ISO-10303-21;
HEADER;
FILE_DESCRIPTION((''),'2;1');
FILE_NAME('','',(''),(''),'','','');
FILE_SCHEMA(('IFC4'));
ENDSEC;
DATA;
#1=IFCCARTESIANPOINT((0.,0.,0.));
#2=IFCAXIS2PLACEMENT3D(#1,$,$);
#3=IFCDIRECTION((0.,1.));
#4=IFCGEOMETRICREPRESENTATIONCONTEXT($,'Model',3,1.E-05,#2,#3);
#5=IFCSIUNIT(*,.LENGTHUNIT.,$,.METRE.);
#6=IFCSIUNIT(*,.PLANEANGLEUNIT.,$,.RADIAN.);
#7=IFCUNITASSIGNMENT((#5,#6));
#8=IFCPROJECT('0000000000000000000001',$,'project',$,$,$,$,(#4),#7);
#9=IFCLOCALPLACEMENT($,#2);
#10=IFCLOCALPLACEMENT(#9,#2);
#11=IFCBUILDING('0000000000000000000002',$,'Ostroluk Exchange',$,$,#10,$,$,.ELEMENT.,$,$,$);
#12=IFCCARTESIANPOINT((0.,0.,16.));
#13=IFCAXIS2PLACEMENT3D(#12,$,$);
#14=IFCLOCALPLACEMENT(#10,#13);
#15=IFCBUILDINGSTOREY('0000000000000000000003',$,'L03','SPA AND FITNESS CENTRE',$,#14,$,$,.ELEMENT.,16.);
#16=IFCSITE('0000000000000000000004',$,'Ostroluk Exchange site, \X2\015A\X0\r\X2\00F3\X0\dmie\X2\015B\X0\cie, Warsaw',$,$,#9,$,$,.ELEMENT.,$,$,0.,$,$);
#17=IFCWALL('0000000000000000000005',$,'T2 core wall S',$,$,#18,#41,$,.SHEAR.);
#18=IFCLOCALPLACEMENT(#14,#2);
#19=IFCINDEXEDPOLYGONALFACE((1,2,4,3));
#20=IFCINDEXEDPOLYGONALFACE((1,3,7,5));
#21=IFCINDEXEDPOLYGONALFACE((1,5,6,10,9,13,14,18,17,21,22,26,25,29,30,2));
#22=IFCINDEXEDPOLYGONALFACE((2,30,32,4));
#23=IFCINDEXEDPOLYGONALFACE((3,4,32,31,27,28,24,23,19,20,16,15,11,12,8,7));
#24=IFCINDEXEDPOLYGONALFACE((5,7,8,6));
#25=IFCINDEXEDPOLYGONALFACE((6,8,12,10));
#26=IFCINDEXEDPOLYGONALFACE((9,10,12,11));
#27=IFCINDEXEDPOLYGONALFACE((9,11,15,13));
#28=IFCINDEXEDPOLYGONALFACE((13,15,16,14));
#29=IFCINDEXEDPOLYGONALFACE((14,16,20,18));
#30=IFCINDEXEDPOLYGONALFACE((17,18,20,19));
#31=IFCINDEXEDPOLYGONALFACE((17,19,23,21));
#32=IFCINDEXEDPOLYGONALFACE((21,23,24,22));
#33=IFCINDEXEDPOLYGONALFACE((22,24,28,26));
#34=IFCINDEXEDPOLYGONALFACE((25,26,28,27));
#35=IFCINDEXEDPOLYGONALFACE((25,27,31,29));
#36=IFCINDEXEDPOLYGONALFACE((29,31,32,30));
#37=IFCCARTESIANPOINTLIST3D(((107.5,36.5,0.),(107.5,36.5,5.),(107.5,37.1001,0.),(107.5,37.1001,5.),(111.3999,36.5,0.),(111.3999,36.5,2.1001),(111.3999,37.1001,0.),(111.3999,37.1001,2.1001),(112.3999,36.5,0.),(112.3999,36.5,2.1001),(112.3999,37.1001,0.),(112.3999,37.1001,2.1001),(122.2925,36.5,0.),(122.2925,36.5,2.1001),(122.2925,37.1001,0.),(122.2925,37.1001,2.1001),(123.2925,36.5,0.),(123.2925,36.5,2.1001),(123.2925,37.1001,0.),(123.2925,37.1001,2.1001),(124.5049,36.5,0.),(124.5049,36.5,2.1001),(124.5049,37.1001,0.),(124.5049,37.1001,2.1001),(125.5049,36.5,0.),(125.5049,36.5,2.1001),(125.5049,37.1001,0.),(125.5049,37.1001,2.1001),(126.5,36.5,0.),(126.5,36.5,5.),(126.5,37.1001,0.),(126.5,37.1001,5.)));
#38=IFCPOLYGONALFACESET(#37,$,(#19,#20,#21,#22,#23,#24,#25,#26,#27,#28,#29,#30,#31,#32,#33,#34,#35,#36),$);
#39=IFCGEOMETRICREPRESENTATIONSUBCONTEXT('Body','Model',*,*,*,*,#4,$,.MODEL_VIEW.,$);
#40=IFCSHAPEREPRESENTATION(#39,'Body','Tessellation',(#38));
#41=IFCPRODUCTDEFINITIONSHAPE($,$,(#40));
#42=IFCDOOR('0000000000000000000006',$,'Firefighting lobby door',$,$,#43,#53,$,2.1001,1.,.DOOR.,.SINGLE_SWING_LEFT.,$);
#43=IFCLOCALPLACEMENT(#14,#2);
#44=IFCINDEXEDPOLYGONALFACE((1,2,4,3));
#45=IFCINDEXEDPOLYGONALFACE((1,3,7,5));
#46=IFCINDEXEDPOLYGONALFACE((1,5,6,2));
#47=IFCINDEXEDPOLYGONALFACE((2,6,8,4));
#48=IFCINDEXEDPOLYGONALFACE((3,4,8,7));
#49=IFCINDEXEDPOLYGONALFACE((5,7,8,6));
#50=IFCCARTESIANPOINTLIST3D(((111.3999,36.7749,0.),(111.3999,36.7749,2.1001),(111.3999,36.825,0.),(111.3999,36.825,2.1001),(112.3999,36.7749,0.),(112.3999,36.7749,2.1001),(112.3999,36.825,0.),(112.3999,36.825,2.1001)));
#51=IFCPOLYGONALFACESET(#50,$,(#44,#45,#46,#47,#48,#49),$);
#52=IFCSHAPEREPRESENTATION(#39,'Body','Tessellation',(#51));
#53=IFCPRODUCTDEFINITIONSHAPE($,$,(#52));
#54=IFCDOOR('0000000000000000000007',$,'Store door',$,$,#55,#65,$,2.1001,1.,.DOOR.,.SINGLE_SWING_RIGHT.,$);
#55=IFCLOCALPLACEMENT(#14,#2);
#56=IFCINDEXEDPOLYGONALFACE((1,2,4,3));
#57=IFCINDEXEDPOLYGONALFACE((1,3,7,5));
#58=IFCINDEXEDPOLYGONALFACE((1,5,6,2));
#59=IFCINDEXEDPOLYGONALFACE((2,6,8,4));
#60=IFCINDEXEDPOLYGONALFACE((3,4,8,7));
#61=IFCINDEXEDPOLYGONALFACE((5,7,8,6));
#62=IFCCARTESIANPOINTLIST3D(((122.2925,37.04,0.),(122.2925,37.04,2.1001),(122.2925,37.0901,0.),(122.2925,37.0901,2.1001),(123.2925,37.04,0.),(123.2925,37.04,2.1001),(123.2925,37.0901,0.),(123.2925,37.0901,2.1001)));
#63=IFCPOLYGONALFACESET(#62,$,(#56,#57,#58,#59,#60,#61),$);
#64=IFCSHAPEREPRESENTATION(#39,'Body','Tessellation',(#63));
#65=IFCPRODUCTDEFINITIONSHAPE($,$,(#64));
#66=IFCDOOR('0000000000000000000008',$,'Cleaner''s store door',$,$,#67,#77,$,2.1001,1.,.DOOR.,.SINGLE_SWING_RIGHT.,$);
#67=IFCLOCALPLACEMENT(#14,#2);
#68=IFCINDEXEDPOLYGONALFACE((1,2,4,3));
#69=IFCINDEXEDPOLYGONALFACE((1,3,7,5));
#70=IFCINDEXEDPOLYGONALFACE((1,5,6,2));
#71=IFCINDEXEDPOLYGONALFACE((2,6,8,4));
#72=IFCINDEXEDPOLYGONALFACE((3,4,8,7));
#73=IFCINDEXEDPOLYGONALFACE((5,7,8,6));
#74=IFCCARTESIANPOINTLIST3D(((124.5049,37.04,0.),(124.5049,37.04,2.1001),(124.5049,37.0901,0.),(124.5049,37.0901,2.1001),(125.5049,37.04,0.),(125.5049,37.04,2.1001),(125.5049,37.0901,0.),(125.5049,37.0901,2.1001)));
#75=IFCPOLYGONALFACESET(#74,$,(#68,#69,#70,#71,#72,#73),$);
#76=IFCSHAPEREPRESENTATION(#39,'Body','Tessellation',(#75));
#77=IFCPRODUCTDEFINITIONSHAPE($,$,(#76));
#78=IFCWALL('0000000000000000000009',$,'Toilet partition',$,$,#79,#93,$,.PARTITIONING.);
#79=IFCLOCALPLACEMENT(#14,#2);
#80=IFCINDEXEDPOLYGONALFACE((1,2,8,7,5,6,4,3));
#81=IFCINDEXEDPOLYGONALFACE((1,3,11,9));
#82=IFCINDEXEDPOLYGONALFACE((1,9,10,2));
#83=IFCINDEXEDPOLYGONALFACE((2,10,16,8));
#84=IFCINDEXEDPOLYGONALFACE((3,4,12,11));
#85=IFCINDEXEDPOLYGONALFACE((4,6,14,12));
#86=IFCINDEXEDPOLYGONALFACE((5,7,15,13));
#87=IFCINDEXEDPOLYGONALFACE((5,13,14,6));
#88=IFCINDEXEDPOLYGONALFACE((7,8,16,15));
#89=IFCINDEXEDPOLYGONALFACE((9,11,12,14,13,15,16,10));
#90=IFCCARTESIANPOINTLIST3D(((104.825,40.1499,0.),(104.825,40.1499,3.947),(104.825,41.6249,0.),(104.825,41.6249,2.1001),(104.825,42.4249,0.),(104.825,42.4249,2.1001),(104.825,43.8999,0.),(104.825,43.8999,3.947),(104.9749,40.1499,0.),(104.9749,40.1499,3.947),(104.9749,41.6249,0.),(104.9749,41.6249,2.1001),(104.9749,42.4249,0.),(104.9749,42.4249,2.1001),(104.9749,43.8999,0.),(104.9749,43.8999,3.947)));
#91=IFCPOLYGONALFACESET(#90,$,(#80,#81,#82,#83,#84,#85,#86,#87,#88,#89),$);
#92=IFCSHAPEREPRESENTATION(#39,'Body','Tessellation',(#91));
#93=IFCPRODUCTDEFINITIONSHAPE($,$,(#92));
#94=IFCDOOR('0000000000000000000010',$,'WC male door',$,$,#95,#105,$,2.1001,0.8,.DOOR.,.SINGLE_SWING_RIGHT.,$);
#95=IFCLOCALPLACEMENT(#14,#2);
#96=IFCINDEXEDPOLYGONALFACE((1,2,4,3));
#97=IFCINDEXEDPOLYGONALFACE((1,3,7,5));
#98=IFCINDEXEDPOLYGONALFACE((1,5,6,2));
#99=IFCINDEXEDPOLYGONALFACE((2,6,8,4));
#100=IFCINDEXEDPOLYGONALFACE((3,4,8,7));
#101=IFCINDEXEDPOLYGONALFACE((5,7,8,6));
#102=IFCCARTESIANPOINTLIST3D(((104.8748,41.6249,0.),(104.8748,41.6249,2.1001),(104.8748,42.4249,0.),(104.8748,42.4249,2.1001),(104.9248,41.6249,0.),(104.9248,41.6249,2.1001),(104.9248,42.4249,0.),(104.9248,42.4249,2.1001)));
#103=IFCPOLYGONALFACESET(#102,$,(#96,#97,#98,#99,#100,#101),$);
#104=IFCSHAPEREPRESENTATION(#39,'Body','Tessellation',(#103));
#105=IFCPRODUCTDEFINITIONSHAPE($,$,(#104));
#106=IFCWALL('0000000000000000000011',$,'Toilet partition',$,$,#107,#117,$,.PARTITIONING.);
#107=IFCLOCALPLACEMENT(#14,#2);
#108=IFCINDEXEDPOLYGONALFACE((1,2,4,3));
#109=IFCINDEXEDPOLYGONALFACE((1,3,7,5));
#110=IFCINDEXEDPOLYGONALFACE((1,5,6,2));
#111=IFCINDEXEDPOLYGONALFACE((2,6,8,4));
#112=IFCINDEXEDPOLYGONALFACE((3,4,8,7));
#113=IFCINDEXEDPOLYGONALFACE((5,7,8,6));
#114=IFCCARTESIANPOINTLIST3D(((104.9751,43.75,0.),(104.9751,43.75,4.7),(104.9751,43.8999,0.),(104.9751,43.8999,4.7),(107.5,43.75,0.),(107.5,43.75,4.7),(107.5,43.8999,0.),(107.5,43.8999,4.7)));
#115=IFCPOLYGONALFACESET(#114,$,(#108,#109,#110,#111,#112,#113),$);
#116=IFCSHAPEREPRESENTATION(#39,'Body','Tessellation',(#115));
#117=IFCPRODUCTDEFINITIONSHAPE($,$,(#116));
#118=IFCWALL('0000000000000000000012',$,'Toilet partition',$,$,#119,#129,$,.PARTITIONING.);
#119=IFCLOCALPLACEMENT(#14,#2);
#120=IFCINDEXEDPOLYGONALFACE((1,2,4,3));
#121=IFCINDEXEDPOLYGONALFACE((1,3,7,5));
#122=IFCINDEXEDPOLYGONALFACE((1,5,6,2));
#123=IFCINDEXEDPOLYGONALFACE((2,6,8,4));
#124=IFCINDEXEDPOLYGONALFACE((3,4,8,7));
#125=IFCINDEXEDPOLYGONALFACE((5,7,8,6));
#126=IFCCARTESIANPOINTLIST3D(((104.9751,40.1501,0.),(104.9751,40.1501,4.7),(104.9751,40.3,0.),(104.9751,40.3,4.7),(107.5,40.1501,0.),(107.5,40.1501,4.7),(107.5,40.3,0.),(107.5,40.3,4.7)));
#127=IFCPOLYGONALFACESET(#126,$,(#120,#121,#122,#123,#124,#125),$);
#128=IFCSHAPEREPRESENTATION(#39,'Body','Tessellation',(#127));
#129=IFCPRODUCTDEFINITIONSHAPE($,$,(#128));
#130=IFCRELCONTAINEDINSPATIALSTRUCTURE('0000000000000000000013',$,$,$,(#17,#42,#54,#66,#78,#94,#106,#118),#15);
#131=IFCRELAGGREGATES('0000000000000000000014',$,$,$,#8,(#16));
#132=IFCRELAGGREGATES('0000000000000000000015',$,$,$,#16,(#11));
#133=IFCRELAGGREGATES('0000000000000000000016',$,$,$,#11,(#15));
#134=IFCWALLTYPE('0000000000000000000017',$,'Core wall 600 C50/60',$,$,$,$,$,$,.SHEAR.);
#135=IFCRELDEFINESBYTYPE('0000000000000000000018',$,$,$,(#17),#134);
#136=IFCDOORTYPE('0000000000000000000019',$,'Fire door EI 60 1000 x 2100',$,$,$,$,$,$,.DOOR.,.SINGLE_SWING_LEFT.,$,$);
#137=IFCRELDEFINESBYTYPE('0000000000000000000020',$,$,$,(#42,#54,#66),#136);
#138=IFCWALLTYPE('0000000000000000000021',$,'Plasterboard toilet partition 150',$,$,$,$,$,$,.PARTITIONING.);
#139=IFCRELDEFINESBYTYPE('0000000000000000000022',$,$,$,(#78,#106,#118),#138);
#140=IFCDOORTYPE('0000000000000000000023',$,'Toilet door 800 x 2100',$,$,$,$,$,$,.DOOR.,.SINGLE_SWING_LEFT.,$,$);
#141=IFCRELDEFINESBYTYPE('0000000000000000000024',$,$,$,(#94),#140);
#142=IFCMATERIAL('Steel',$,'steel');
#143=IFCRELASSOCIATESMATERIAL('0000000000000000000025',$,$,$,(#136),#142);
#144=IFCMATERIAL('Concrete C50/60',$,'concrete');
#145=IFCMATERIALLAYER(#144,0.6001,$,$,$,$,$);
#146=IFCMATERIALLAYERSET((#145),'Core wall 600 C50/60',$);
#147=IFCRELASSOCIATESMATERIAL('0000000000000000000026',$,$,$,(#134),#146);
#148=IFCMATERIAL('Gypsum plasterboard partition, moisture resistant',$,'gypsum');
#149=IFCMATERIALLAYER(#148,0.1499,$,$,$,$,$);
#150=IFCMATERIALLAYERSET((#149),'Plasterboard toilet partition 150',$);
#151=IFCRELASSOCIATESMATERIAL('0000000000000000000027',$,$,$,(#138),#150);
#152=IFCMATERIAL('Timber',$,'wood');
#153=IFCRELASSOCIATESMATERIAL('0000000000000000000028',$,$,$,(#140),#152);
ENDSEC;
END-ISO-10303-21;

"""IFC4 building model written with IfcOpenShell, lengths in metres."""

from ifc_helpers import new_model, si_unit, direction, frame, frame_2d, origin, place, context, subcontext, project, spatial, rectangle, extrude, material, layer, layer_set, type_object, element, fill, save


model = new_model("IFC4")

# Units and contexts
model_context = context("Model", 3, precision=1e-05, world=origin(), true_north=direction((0.0, 1.0)))
body_context = subcontext(model_context, "Body", "Model", "MODEL_VIEW")
ifc_project = project(units=[si_unit("LENGTHUNIT", "METRE"), si_unit("PLANEANGLEUNIT", "RADIAN")], contexts=[model_context])

# Site, building, storey
site_placement = place(None, origin())
site = spatial("IfcSite", under=ifc_project, at=site_placement, Name="Ostroluk Exchange site, Śródmieście, Warsaw", CompositionType="ELEMENT", RefElevation=0.0)
building_placement = place(site_placement, origin())
building = spatial("IfcBuilding", under=site, at=building_placement, Name="Ostroluk Exchange", CompositionType="ELEMENT")
storey_placement = place(building_placement, frame((0.0, 0.0, 16.0)))
storey = spatial("IfcBuildingStorey", under=building, at=storey_placement, Name="L03", Description="SPA AND FITNESS CENTRE", CompositionType="ELEMENT", Elevation=16.0)

# Wall, openings, doors
ifc_material_1 = material(Name="Steel", Category="steel")
door_type_1 = type_object("IfcDoorType", Name="Fire door EI 60 1000 x 2100", OperationType="SINGLE_SWING_LEFT", PredefinedType="DOOR", material=ifc_material_1)
ifc_material_2 = material(Name="Concrete C50/60", Category="concrete")
ifc_layer_1 = layer(ifc_material_2, 0.6001)
ifc_layer_set_1 = layer_set([ifc_layer_1], Name="Core wall 600 C50/60")
wall_type_1 = type_object("IfcWallType", Name="Core wall 600 C50/60", PredefinedType="SHEAR", material=ifc_layer_set_1)
wall_1_placement = place(storey_placement, frame((107.5, 36.8, 0.0), z_axis=(0.0, 0.0, 1.0), x_axis=(1.0, 0.0, 0.0)))
wall_1 = element("IfcWall", 1, at=wall_1_placement, inside=storey, type_object=wall_type_1, Name="T2 core wall S", PredefinedType="SHEAR", context=body_context, shape_type="SweptSolid", body=[
    extrude(rectangle(XDim=19.0, YDim=0.6001, at=frame_2d((9.5, 0.0))), origin(), (0.0, 0.0, 1.0), 5.0),
])
opening_1_placement = place(wall_1_placement, frame((3.8999, 0.0, 0.0)))
opening_1 = element("IfcOpeningElement", 2, at=opening_1_placement, cuts=wall_1, PredefinedType="OPENING", context=body_context, shape_type="SweptSolid", body=[
    extrude(rectangle(XDim=1.0, YDim=2.1001, at=frame_2d((0.5, 1.05))), frame((0.0, 0.3101, 0.0), z_axis=(0.0, -1.0, 0.0), x_axis=(1.0, 0.0, 0.0)), (0.0, 0.0, 1.0), 0.6201),
])
opening_2_placement = place(wall_1_placement, frame((14.7925, 0.0, 0.0)))
opening_2 = element("IfcOpeningElement", 3, at=opening_2_placement, cuts=wall_1, PredefinedType="OPENING", context=body_context, shape_type="SweptSolid", body=[
    extrude(rectangle(XDim=1.0, YDim=2.1001, at=frame_2d((0.5, 1.05))), frame((0.0, 0.3101, 0.0), z_axis=(0.0, -1.0, 0.0), x_axis=(1.0, 0.0, 0.0)), (0.0, 0.0, 1.0), 0.6201),
])
opening_3_placement = place(wall_1_placement, frame((17.0049, 0.0, 0.0)))
opening_3 = element("IfcOpeningElement", 4, at=opening_3_placement, cuts=wall_1, PredefinedType="OPENING", context=body_context, shape_type="SweptSolid", body=[
    extrude(rectangle(XDim=1.0, YDim=2.1001, at=frame_2d((0.5, 1.05))), frame((0.0, 0.3101, 0.0), z_axis=(0.0, -1.0, 0.0), x_axis=(1.0, 0.0, 0.0)), (0.0, 0.0, 1.0), 0.6201),
])
door_1_placement = place(opening_1_placement, origin())
door_1 = element("IfcDoor", 5, at=door_1_placement, inside=storey, type_object=door_type_1, Name="Firefighting lobby door", OperationType="SINGLE_SWING_LEFT", OverallHeight=2.1001, OverallWidth=1.0, PredefinedType="DOOR", context=body_context, shape_type="SweptSolid", body=[
    extrude(rectangle(XDim=1.0, YDim=2.1001, at=frame_2d((0.5, 1.05))), frame((0.0, 0.0249, 0.0), z_axis=(0.0, -1.0, 0.0), x_axis=(1.0, 0.0, 0.0)), (0.0, 0.0, 1.0), 0.05),
])
fill(opening_1, door_1)
door_2_placement = place(opening_2_placement, origin())
door_2 = element("IfcDoor", 6, at=door_2_placement, inside=storey, type_object=door_type_1, Name="Store door", OperationType="SINGLE_SWING_RIGHT", OverallHeight=2.1001, OverallWidth=1.0, PredefinedType="DOOR", context=body_context, shape_type="SweptSolid", body=[
    extrude(rectangle(XDim=1.0, YDim=2.1001, at=frame_2d((0.5, 1.05))), frame((0.0, 0.29, 0.0), z_axis=(0.0, -1.0, 0.0), x_axis=(1.0, 0.0, 0.0)), (0.0, 0.0, 1.0), 0.05),
])
fill(opening_2, door_2)
door_3_placement = place(opening_3_placement, origin())
door_3 = element("IfcDoor", 7, at=door_3_placement, inside=storey, type_object=door_type_1, Name="Cleaner's store door", OperationType="SINGLE_SWING_RIGHT", OverallHeight=2.1001, OverallWidth=1.0, PredefinedType="DOOR", context=body_context, shape_type="SweptSolid", body=[
    extrude(rectangle(XDim=1.0, YDim=2.1001, at=frame_2d((0.5, 1.05))), frame((0.0, 0.29, 0.0), z_axis=(0.0, -1.0, 0.0), x_axis=(1.0, 0.0, 0.0)), (0.0, 0.0, 1.0), 0.05),
])
fill(opening_3, door_3)

# Wall, opening, door
ifc_material_3 = material(Name="Gypsum plasterboard partition, moisture resistant", Category="gypsum")
ifc_layer_2 = layer(ifc_material_3, 0.1499)
ifc_layer_set_2 = layer_set([ifc_layer_2], Name="Plasterboard toilet partition 150")
wall_type_2 = type_object("IfcWallType", Name="Plasterboard toilet partition 150", PredefinedType="PARTITIONING", material=ifc_layer_set_2)
wall_2_placement = place(storey_placement, frame((104.8999, 43.8999, 0.0), z_axis=(0.0, 0.0, 1.0), x_axis=(0.0, -1.0, 0.0)))
wall_2 = element("IfcWall", 8, at=wall_2_placement, inside=storey, type_object=wall_type_2, Name="Toilet partition", PredefinedType="PARTITIONING", context=body_context, shape_type="SweptSolid", body=[
    extrude(rectangle(XDim=3.75, YDim=0.1499, at=frame_2d((1.875, 0.0))), origin(), (0.0, 0.0, 1.0), 3.947),
])
opening_4_placement = place(wall_2_placement, frame((1.4751, 0.0, 0.0)))
opening_4 = element("IfcOpeningElement", 9, at=opening_4_placement, cuts=wall_2, PredefinedType="OPENING", context=body_context, shape_type="SweptSolid", body=[
    extrude(rectangle(XDim=0.8, YDim=2.1001, at=frame_2d((0.3999, 1.05))), frame((0.0, 0.085, 0.0), z_axis=(0.0, -1.0, 0.0), x_axis=(1.0, 0.0, 0.0)), (0.0, 0.0, 1.0), 0.1699),
])
ifc_material_4 = material(Name="Timber", Category="wood")
door_type_2 = type_object("IfcDoorType", Name="Toilet door 800 x 2100", OperationType="SINGLE_SWING_LEFT", PredefinedType="DOOR", material=ifc_material_4)
door_4_placement = place(opening_4_placement, origin())
door_4 = element("IfcDoor", 10, at=door_4_placement, inside=storey, type_object=door_type_2, Name="WC male door", OperationType="SINGLE_SWING_RIGHT", OverallHeight=2.1001, OverallWidth=0.8, PredefinedType="DOOR", context=body_context, shape_type="SweptSolid", body=[
    extrude(rectangle(XDim=0.8, YDim=2.1001, at=frame_2d((0.3999, 1.05))), frame((0.0, 0.0249, 0.0), z_axis=(0.0, -1.0, 0.0), x_axis=(1.0, 0.0, 0.0)), (0.0, 0.0, 1.0), 0.05),
])
fill(opening_4, door_4)

# Walls
for number, where, z_axis, x_axis, name in (
    (11, (104.9751, 43.825, 0.0), (0.0, 0.0, 1.0), (1.0, 0.0, 0.0), "Toilet partition"),
    (12, (104.9751, 40.2251, 0.0), (0.0, 0.0, 1.0), (1.0, 0.0, 0.0), "Toilet partition"),
):
    element("IfcWall", number, at=place(storey_placement, frame(where, z_axis=z_axis, x_axis=x_axis)), inside=storey, type_object=wall_type_2, Name=name, PredefinedType="PARTITIONING", context=body_context, shape_type="SweptSolid", body=[
        extrude(rectangle(XDim=2.5249, YDim=0.1499, at=frame_2d((1.2625, 0.0))), origin(), (0.0, 0.0, 1.0), 4.7),
    ])

save(model, "model.ifc")
